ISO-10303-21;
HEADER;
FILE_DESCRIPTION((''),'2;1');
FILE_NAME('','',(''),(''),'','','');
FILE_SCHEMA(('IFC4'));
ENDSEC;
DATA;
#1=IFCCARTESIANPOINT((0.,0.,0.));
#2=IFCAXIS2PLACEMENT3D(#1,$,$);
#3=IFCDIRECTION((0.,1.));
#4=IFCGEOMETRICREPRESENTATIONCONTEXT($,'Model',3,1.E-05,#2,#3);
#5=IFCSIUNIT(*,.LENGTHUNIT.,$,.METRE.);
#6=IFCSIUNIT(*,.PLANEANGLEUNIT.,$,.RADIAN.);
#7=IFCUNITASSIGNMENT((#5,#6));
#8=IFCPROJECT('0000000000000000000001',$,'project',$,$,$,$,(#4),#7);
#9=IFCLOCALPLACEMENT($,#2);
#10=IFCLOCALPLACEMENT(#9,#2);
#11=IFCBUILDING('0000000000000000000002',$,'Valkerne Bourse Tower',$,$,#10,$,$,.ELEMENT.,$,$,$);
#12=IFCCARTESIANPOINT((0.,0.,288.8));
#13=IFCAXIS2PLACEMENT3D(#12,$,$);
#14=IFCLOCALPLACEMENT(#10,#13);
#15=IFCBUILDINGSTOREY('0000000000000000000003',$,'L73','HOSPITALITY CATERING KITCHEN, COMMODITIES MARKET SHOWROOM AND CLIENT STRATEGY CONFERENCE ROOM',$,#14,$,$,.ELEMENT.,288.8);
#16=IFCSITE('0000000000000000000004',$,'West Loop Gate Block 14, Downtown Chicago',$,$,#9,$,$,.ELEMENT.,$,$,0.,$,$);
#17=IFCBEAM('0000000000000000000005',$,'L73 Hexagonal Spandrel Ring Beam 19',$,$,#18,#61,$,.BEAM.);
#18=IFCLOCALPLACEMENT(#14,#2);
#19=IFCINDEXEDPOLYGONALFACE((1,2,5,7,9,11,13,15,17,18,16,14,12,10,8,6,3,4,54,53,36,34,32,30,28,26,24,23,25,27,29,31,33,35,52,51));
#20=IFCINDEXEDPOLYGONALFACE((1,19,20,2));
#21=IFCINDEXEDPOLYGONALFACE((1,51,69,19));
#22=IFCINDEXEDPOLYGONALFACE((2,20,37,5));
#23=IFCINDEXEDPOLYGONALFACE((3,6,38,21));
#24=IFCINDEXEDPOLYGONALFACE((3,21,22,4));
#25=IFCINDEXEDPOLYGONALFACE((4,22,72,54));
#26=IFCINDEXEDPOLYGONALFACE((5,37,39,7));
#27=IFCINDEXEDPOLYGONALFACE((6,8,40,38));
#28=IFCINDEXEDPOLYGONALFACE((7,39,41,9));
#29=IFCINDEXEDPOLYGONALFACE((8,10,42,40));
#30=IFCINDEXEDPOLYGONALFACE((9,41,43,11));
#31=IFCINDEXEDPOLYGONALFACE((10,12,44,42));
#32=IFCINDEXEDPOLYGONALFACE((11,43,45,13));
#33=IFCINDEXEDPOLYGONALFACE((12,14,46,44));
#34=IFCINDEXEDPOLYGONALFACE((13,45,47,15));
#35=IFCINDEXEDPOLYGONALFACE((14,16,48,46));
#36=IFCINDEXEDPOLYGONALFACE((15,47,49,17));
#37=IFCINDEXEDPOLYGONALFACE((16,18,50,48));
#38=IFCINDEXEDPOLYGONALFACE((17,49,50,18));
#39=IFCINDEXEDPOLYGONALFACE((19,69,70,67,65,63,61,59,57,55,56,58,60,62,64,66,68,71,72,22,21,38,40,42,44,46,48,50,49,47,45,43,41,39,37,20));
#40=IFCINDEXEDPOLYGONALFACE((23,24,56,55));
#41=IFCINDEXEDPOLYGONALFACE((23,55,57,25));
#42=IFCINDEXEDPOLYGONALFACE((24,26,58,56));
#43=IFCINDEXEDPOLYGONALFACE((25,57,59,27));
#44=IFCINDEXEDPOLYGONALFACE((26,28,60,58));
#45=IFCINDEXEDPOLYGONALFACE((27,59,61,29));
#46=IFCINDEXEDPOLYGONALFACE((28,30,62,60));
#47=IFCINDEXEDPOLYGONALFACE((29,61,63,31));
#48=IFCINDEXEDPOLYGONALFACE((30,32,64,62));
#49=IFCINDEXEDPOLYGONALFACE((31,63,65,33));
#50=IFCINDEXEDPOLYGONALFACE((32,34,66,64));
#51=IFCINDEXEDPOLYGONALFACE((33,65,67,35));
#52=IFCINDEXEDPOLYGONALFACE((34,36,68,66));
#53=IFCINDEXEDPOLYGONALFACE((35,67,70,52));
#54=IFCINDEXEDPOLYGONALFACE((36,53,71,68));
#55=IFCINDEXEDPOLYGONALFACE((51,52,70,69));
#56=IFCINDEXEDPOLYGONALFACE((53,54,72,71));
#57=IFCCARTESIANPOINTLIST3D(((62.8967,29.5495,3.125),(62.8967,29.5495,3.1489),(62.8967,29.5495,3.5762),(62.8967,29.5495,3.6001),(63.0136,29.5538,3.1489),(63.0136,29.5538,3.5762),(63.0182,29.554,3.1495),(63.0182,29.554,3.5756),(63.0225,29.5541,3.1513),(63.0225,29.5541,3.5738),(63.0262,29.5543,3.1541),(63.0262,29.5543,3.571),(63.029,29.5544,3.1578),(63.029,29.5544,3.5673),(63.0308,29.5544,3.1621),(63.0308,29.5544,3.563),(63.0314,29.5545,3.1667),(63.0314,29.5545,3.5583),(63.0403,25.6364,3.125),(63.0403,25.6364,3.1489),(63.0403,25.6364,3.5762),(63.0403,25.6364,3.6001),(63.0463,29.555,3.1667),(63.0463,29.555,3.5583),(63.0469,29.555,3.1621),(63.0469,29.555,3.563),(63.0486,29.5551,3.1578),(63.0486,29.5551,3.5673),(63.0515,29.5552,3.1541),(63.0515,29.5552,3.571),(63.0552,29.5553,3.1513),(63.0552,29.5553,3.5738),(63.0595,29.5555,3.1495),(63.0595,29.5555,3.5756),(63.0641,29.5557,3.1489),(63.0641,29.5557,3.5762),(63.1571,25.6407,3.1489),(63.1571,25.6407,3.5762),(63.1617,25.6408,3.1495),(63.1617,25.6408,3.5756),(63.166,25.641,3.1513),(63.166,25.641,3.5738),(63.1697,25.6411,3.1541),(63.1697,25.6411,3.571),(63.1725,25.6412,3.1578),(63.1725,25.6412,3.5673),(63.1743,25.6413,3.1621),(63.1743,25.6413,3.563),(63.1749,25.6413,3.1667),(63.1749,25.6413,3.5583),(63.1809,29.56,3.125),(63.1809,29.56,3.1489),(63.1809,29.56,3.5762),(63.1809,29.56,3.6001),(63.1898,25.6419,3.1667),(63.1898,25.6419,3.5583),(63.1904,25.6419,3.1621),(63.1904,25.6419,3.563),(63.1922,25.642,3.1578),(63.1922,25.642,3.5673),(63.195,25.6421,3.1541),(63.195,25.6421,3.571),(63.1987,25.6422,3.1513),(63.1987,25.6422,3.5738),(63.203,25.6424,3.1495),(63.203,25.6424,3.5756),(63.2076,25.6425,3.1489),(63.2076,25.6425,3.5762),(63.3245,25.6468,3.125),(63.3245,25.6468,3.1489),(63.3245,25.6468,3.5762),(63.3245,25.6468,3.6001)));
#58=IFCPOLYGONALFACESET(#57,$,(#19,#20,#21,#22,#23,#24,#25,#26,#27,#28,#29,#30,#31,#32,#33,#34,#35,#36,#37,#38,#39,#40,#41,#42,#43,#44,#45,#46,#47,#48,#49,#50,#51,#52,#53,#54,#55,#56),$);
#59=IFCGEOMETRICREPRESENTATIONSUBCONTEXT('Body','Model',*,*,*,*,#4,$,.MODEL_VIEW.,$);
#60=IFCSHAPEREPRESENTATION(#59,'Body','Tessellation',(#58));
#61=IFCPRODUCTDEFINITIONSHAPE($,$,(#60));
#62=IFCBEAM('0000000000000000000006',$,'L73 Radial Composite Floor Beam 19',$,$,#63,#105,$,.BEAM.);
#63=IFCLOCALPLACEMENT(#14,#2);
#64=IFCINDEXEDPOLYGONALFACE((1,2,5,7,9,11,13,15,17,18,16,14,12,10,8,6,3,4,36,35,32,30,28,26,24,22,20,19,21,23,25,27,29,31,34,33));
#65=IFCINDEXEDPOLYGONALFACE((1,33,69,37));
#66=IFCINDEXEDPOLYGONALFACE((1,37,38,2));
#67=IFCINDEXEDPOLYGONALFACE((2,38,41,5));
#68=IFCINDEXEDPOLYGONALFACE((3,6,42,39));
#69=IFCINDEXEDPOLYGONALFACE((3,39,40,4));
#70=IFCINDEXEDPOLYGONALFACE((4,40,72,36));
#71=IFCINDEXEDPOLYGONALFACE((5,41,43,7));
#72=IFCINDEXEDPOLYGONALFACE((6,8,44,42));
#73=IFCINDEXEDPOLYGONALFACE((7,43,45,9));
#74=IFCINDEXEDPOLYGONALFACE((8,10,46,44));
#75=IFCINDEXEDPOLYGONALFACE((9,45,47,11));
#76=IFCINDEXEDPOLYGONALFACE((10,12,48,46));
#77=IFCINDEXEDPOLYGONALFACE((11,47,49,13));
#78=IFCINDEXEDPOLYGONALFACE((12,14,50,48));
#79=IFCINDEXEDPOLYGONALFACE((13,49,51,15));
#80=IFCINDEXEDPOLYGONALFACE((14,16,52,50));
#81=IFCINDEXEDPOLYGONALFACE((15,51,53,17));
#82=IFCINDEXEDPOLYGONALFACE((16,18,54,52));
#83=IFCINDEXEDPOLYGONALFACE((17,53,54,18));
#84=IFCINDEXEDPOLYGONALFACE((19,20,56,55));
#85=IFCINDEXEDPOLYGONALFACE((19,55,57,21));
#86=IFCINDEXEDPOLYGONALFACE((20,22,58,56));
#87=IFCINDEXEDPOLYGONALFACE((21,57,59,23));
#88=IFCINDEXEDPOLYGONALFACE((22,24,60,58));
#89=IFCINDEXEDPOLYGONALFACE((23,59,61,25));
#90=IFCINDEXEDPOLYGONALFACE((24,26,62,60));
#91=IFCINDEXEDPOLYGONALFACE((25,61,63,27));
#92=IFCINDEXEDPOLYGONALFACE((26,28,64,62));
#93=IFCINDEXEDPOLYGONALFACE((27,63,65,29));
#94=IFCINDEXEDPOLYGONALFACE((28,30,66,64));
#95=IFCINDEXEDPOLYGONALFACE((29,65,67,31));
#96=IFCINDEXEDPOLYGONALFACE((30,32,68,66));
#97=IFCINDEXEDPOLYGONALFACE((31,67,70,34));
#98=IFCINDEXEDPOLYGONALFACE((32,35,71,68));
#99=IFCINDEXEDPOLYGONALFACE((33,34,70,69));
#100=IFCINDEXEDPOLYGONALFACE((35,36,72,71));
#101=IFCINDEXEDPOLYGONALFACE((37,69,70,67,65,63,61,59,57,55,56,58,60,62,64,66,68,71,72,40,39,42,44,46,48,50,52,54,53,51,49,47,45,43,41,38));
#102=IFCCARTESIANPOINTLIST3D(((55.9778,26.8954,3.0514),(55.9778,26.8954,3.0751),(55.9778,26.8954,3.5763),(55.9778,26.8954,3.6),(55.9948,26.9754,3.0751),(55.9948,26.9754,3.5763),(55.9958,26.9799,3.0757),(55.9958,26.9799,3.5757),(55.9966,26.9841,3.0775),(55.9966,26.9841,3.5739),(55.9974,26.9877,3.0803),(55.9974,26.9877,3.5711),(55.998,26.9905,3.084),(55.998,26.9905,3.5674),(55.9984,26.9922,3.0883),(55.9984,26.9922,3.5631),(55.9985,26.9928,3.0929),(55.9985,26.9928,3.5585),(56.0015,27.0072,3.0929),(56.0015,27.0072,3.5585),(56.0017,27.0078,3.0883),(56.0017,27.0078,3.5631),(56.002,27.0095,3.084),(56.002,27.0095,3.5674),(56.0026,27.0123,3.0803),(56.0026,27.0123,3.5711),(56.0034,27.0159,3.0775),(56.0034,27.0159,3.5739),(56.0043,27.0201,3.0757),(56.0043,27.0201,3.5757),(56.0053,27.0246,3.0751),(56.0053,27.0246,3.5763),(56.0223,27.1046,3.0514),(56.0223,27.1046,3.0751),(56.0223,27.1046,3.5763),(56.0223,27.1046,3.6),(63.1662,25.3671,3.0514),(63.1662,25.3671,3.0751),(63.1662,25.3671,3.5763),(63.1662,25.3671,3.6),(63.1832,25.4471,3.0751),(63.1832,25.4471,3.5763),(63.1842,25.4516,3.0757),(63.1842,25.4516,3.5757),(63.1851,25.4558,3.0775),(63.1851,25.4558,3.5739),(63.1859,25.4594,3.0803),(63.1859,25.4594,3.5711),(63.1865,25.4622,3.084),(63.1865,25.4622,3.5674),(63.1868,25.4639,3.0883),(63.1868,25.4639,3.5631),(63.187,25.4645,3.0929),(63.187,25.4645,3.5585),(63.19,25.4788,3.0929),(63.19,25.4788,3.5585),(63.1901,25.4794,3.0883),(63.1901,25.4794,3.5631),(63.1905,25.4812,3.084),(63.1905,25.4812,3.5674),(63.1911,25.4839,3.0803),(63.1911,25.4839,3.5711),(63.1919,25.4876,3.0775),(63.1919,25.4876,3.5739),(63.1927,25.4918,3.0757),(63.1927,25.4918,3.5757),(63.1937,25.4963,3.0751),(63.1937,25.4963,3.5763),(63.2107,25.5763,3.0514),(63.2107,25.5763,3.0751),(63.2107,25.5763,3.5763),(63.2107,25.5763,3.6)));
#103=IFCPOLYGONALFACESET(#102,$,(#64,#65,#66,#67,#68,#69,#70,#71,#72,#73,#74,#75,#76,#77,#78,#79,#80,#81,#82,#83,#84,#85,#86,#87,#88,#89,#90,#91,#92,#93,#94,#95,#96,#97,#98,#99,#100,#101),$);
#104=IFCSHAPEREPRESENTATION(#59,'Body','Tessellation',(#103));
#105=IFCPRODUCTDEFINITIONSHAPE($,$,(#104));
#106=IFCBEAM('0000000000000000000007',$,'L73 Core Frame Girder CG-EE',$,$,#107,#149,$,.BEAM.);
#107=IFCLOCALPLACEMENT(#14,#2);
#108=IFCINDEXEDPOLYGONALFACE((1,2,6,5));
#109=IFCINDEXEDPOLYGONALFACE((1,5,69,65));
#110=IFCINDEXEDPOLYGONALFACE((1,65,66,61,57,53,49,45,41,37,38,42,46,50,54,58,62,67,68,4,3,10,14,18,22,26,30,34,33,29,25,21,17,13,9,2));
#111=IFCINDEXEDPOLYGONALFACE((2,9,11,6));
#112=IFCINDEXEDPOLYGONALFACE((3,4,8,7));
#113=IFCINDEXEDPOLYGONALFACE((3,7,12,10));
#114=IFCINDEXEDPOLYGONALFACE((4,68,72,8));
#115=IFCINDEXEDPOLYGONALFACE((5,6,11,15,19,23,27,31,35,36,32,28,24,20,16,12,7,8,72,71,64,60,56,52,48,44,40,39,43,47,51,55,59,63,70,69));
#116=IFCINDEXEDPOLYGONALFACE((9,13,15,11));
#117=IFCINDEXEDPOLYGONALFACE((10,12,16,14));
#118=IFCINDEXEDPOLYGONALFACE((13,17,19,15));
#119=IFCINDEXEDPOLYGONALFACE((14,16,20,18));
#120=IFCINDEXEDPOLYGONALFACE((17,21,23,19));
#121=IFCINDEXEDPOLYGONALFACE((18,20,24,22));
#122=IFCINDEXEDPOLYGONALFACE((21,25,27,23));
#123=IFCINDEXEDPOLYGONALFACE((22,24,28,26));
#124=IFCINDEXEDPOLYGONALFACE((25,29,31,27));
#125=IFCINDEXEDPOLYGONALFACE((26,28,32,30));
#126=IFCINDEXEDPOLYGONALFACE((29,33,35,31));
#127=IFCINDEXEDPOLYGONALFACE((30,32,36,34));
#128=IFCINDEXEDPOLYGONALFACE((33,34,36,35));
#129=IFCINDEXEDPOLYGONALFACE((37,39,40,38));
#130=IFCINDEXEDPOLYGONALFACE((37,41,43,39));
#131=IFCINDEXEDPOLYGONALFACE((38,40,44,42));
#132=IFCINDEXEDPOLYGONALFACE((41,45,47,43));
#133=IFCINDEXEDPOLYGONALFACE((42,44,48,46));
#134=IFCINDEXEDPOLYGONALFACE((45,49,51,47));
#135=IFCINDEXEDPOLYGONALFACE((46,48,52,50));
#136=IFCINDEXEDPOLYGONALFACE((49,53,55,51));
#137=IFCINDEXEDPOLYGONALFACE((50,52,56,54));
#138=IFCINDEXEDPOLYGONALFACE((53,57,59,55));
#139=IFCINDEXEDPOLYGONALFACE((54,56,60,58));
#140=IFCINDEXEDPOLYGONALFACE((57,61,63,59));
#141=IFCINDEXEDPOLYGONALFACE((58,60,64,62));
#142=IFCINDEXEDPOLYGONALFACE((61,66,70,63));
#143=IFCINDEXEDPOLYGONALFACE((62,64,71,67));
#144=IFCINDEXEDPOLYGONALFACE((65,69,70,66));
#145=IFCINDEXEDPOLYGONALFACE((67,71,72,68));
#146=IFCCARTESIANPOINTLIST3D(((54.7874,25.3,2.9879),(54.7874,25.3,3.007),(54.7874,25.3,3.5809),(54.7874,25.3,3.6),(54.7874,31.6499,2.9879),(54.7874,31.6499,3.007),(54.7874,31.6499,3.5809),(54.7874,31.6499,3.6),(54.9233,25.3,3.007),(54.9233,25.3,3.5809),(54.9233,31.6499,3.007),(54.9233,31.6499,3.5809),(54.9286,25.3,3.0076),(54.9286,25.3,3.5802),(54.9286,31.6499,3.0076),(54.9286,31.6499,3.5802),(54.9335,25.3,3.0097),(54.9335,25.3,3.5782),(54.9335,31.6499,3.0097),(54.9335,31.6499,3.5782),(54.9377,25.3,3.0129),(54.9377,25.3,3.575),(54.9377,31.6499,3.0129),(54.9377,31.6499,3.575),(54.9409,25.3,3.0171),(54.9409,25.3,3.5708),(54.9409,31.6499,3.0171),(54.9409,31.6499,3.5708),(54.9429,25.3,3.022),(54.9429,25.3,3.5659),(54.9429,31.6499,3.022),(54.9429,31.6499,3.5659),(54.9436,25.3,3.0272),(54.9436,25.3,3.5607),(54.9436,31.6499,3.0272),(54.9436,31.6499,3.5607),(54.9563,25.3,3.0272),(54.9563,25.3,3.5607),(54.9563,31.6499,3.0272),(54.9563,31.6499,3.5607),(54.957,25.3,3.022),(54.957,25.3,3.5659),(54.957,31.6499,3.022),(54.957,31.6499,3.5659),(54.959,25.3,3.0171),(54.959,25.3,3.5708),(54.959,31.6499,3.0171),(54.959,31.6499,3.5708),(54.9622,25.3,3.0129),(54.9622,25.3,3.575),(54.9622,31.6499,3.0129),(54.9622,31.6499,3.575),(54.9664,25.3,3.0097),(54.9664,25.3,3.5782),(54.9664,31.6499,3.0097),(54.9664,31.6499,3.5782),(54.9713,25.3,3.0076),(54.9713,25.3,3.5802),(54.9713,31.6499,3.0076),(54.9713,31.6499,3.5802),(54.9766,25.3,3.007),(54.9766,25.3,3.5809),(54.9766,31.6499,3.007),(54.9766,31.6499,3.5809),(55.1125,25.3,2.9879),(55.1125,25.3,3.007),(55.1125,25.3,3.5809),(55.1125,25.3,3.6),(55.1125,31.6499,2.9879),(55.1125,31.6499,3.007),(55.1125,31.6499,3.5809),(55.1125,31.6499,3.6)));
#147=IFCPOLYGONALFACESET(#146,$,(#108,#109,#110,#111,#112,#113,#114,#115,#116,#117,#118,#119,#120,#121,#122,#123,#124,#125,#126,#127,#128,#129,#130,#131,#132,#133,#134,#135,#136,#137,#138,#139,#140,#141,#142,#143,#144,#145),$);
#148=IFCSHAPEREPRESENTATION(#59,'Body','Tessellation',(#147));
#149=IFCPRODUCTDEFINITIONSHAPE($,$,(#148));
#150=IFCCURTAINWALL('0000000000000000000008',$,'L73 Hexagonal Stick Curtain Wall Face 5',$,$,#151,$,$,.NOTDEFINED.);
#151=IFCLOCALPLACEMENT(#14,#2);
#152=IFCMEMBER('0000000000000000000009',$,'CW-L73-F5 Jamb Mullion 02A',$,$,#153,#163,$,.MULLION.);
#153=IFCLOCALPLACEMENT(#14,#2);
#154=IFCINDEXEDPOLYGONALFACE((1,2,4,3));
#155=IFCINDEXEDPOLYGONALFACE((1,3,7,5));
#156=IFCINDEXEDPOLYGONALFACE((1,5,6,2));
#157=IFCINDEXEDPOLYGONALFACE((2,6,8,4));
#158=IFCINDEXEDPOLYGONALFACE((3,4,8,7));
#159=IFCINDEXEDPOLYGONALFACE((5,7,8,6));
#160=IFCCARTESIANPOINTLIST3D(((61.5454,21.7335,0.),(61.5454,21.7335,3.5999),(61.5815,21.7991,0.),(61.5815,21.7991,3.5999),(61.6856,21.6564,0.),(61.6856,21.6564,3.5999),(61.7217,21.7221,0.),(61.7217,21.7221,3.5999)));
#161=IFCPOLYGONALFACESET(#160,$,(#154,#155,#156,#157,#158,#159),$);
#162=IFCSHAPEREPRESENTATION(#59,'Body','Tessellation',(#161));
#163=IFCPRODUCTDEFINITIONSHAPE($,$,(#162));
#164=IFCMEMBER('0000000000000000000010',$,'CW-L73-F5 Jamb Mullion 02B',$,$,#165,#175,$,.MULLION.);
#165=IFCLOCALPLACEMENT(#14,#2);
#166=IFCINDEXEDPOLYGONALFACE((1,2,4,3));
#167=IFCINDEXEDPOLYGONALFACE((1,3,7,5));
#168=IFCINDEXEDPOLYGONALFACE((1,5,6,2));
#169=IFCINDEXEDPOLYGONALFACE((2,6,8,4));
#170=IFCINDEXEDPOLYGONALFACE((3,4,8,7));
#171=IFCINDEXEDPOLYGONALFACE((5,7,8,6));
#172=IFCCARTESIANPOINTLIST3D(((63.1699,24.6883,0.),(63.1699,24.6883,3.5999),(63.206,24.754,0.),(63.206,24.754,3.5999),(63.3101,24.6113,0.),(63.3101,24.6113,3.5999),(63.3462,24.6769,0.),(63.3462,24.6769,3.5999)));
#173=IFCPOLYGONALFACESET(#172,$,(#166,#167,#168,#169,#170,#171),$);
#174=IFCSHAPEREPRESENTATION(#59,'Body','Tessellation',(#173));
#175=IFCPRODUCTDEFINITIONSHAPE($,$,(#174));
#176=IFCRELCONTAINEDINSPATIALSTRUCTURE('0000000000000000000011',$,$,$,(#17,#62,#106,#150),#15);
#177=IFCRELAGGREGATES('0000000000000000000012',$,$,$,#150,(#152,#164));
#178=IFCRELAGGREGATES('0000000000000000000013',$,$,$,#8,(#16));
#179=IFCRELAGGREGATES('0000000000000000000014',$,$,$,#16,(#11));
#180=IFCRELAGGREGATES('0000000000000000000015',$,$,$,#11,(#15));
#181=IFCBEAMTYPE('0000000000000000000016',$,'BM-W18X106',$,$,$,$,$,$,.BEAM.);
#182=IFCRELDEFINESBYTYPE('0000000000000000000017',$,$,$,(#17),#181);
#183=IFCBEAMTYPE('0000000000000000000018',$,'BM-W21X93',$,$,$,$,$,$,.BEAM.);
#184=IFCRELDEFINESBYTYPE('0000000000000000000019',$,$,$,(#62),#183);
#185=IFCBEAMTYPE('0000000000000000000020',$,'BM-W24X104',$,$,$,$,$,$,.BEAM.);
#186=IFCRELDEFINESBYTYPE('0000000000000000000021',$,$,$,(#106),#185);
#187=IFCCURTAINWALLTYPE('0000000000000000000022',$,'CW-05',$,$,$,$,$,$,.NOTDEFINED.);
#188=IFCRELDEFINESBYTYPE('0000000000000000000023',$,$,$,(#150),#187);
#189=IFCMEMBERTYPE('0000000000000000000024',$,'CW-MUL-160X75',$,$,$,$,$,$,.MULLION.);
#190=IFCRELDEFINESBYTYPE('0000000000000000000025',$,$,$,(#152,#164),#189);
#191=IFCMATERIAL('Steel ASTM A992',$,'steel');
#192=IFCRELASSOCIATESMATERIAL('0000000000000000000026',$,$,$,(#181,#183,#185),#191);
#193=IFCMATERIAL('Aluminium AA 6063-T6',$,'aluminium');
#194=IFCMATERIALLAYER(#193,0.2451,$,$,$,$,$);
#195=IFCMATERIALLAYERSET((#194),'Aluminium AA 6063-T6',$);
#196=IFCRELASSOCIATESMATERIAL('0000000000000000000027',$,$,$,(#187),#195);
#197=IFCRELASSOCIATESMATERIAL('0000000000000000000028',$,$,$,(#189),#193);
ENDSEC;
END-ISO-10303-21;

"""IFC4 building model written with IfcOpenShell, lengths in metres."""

from ifc_helpers import new_model, si_unit, direction, frame, origin, origin_2d, place, context, subcontext, project, spatial, rectangle, i_section, extrude, material, layer, layer_set, material_profile, profile_set, type_object, element, aggregate, save


model = new_model("IFC4")

# Units and contexts
model_context = context("Model", 3, precision=1e-05, world=origin(), true_north=direction((0.0, 1.0)))
body_context = subcontext(model_context, "Body", "Model", "MODEL_VIEW")
ifc_project = project(units=[si_unit("LENGTHUNIT", "METRE"), si_unit("PLANEANGLEUNIT", "RADIAN")], contexts=[model_context])

# Site, building, storey
site_placement = place(None, origin())
site = spatial("IfcSite", under=ifc_project, at=site_placement, Name="West Loop Gate Block 14, Downtown Chicago", CompositionType="ELEMENT", RefElevation=0.0)
building_placement = place(site_placement, origin())
building = spatial("IfcBuilding", under=site, at=building_placement, Name="Valkerne Bourse Tower", CompositionType="ELEMENT")
storey_placement = place(building_placement, frame((0.0, 0.0, 288.8)))
storey = spatial("IfcBuildingStorey", under=building, at=storey_placement, Name="L73", Description="HOSPITALITY CATERING KITCHEN, COMMODITIES MARKET SHOWROOM AND CLIENT STRATEGY CONFERENCE ROOM", CompositionType="ELEMENT", Elevation=288.8)

# Beams
ifc_material_1 = material(Name="Steel ASTM A992", Category="steel")
ifc_material_profile_1 = material_profile(ifc_material_1, i_section(OverallWidth=0.2844, OverallDepth=0.4751, WebThickness=0.0149, FlangeThickness=0.0239, FilletRadius=0.0178, at=origin_2d()), Name="W18X106")
ifc_profile_set_1 = profile_set([ifc_material_profile_1], Name="Steel ASTM A992")
beam_type_1 = type_object("IfcBeamType", Name="BM-W18X106", PredefinedType="BEAM", material=ifc_profile_set_1)
beam_1_placement = place(storey_placement, frame((63.1824, 25.6416, 3.3625), z_axis=(-0.036661, 0.999328, 0.0), x_axis=(-0.999328, -0.036661, 0.0)))
element("IfcBeam", 1, at=beam_1_placement, inside=storey, type_object=beam_type_1, Name="L73 Hexagonal Spandrel Ring Beam 19", PredefinedType="BEAM", context=body_context, shape_type="SweptSolid", body=[
    extrude(i_section(OverallWidth=0.2844, OverallDepth=0.4751, WebThickness=0.0149, FlangeThickness=0.0239, FilletRadius=0.0178, at=origin_2d()), origin(), (0.0, 0.0, 1.0), 3.9158),
])
ifc_material_profile_2 = material_profile(ifc_material_1, i_section(OverallWidth=0.2139, OverallDepth=0.5486, WebThickness=0.0146, FlangeThickness=0.0237, FilletRadius=0.0178, at=origin_2d()), Name="W21X93")
ifc_profile_set_2 = profile_set([ifc_material_profile_2], Name="Steel ASTM A992")
beam_type_2 = type_object("IfcBeamType", Name="BM-W21X93", PredefinedType="BEAM", material=ifc_profile_set_2)
beam_2_placement = place(storey_placement, frame((63.1885, 25.4717, 3.3257), z_axis=(-0.978138, 0.207959, 0.0), x_axis=(-0.207959, -0.978138, 0.0)))
element("IfcBeam", 2, at=beam_2_placement, inside=storey, type_object=beam_type_2, Name="L73 Radial Composite Floor Beam 19", PredefinedType="BEAM", context=body_context, shape_type="SweptSolid", body=[
    extrude(i_section(OverallWidth=0.2139, OverallDepth=0.5486, WebThickness=0.0146, FlangeThickness=0.0237, FilletRadius=0.0178, at=origin_2d()), origin(), (0.0, 0.0, 1.0), 7.3491),
])
ifc_material_profile_3 = material_profile(ifc_material_1, i_section(OverallWidth=0.3252, OverallDepth=0.6121, WebThickness=0.0127, FlangeThickness=0.019, FilletRadius=0.0203, at=origin_2d()), Name="W24X104")
ifc_profile_set_3 = profile_set([ifc_material_profile_3], Name="Steel ASTM A992")
beam_type_3 = type_object("IfcBeamType", Name="BM-W24X104", PredefinedType="BEAM", material=ifc_profile_set_3)
beam_3_placement = place(storey_placement, frame((54.95, 25.3, 3.2939), z_axis=(0.0, 1.0, 0.0), x_axis=(-1.0, 0.0, 0.0)))
element("IfcBeam", 3, at=beam_3_placement, inside=storey, type_object=beam_type_3, Name="L73 Core Frame Girder CG-EE", PredefinedType="BEAM", context=body_context, shape_type="SweptSolid", body=[
    extrude(i_section(OverallWidth=0.3252, OverallDepth=0.6121, WebThickness=0.0127, FlangeThickness=0.019, FilletRadius=0.0203, at=origin_2d()), origin(), (0.0, 0.0, 1.0), 6.3499),
])

# Curtain wall, members
ifc_material_2 = material(Name="Aluminium AA 6063-T6", Category="aluminium")
ifc_layer_1 = layer(ifc_material_2, 0.2451)
ifc_layer_set_1 = layer_set([ifc_layer_1], Name="Aluminium AA 6063-T6")
curtain_wall_type = type_object("IfcCurtainWallType", Name="CW-05", PredefinedType="NOTDEFINED", material=ifc_layer_set_1)
curtain_wall_placement = place(storey_placement, origin())
curtain_wall = element("IfcCurtainWall", 4, at=curtain_wall_placement, inside=storey, type_object=curtain_wall_type, Name="L73 Hexagonal Stick Curtain Wall Face 5", PredefinedType="NOTDEFINED")
ifc_material_profile_4 = material_profile(ifc_material_2, rectangle(XDim=0.075, YDim=0.1599, at=origin_2d()), Name="CWM-75X160")
ifc_profile_set_4 = profile_set([ifc_material_profile_4], Name="Aluminium AA 6063-T6")
member_type_1 = type_object("IfcMemberType", Name="CW-MUL-160X75", PredefinedType="MULLION", material=ifc_profile_set_4)
member_1_placement = place(storey_placement, frame((61.6335, 21.7278, 0.0), z_axis=(0.0, 0.0, 1.0), x_axis=(0.481764, 0.876301, 0.0)))
member_1 = element("IfcMember", 5, at=member_1_placement, type_object=member_type_1, Name="CW-L73-F5 Jamb Mullion 02A", PredefinedType="MULLION", context=body_context, shape_type="SweptSolid", body=[
    extrude(rectangle(XDim=0.075, YDim=0.1599, at=origin_2d()), origin(), (0.0, 0.0, 1.0), 3.5999),
])
member_2_placement = place(storey_placement, frame((63.2581, 24.6826, 0.0), z_axis=(0.0, 0.0, 1.0), x_axis=(0.481764, 0.876301, 0.0)))
member_2 = element("IfcMember", 6, at=member_2_placement, type_object=member_type_1, Name="CW-L73-F5 Jamb Mullion 02B", PredefinedType="MULLION", context=body_context, shape_type="SweptSolid", body=[
    extrude(rectangle(XDim=0.075, YDim=0.1599, at=origin_2d()), origin(), (0.0, 0.0, 1.0), 3.5999),
])

aggregate(curtain_wall, [member_1, member_2])

save(model, "model.ifc")
